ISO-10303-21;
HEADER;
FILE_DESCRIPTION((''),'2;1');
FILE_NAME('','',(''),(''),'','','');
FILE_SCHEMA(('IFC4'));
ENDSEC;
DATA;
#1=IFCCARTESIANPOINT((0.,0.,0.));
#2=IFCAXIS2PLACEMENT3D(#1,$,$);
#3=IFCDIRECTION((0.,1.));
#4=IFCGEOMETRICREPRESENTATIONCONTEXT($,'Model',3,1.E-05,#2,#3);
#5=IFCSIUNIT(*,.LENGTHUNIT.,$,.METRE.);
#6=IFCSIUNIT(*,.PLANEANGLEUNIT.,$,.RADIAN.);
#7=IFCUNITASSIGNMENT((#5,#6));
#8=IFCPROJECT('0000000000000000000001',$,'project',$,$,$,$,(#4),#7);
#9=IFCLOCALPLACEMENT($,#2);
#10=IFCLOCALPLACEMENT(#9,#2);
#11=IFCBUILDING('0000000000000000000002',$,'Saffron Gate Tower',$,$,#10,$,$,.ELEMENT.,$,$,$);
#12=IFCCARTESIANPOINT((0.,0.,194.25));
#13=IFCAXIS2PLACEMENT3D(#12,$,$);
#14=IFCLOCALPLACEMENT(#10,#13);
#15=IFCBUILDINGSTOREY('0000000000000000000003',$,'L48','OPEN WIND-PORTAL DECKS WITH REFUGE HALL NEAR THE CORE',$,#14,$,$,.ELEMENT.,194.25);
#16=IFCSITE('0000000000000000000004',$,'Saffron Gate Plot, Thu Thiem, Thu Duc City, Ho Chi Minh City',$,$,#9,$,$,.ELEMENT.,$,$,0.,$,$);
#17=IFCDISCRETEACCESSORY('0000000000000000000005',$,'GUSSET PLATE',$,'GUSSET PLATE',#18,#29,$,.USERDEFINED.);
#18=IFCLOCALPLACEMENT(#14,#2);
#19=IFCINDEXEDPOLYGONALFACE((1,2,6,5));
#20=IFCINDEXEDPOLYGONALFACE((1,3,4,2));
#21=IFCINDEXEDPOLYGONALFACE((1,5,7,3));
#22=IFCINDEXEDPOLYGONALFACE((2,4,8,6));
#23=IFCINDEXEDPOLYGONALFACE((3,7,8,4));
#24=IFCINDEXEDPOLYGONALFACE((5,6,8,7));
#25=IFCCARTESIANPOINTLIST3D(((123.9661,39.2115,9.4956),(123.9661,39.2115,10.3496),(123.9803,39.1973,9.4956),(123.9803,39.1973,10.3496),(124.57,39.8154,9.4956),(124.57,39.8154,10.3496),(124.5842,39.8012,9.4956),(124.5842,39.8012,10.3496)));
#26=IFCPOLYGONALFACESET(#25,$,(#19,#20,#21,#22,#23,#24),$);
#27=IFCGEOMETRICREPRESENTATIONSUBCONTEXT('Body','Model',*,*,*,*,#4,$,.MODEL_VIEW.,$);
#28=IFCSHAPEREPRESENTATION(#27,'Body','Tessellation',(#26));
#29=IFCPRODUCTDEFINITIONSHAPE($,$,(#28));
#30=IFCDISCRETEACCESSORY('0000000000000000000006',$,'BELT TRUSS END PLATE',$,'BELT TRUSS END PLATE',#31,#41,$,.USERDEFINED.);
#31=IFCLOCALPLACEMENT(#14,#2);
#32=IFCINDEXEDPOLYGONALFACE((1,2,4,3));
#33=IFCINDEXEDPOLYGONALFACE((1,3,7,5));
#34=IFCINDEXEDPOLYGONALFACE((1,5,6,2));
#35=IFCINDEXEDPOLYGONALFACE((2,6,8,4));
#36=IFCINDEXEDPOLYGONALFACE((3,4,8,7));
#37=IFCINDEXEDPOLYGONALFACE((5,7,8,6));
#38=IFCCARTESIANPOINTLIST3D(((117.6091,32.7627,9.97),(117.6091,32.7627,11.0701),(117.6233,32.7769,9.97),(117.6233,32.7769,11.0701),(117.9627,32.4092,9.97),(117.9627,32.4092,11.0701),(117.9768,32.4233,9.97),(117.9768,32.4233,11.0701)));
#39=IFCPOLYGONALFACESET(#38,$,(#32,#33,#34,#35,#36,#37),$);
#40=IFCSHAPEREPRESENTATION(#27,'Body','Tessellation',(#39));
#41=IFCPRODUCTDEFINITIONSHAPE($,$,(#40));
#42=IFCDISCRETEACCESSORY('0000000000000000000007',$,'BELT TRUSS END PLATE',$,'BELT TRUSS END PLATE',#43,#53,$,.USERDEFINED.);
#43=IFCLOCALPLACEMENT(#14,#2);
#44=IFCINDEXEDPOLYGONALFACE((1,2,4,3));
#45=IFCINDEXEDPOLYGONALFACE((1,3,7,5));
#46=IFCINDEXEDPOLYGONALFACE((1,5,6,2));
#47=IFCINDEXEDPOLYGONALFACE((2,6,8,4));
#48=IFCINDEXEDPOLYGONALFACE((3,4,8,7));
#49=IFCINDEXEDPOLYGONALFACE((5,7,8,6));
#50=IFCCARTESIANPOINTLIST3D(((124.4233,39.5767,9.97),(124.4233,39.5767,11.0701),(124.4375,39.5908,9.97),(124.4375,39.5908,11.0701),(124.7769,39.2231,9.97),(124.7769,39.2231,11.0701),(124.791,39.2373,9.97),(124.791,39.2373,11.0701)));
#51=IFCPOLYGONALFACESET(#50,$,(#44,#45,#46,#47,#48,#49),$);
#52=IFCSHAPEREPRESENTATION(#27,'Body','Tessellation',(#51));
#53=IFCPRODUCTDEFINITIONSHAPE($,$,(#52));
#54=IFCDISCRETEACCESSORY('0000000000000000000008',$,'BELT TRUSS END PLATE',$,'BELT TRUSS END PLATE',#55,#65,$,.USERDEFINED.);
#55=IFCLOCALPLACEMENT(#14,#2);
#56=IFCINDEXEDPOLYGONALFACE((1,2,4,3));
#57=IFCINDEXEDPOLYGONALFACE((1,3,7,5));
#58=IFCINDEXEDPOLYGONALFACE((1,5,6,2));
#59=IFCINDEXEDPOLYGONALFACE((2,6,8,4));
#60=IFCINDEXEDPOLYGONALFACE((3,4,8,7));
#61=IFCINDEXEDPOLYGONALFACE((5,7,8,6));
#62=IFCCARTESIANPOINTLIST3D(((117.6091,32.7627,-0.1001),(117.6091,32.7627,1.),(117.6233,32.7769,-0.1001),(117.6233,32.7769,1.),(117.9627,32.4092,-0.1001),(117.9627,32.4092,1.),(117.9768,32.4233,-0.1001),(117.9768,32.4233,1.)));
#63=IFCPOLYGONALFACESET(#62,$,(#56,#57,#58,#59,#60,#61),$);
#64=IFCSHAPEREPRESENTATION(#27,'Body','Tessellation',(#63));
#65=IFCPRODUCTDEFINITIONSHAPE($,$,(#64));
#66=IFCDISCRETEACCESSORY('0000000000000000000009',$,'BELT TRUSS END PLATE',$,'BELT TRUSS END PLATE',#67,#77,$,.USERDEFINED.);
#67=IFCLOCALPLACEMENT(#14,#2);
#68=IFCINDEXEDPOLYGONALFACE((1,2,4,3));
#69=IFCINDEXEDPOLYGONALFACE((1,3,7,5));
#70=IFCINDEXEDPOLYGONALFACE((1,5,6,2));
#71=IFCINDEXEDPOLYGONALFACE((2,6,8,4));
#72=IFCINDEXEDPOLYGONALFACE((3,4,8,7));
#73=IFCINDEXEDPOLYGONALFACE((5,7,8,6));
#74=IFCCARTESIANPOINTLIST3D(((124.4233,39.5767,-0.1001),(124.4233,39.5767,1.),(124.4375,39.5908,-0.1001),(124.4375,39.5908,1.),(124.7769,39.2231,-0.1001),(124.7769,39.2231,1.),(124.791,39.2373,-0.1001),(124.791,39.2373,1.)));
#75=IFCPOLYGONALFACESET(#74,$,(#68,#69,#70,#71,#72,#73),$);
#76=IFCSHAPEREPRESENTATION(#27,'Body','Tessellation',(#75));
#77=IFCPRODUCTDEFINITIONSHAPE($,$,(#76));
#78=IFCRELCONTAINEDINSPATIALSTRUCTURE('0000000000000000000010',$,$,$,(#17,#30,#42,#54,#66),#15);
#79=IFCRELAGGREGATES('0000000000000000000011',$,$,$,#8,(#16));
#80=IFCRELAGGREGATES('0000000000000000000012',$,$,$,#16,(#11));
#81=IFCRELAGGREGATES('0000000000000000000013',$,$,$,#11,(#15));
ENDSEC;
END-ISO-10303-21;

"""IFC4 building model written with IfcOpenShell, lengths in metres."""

from ifc_helpers import new_model, si_unit, direction, frame, origin, origin_2d, place, context, subcontext, project, spatial, rectangle, extrude, element, save


model = new_model("IFC4")

# Units and contexts
model_context = context("Model", 3, precision=1e-05, world=origin(), true_north=direction((0.0, 1.0)))
body_context = subcontext(model_context, "Body", "Model", "MODEL_VIEW")
ifc_project = project(units=[si_unit("LENGTHUNIT", "METRE"), si_unit("PLANEANGLEUNIT", "RADIAN")], contexts=[model_context])

# Site, building, storey
site_placement = place(None, origin())
site = spatial("IfcSite", under=ifc_project, at=site_placement, Name="Saffron Gate Plot, Thu Thiem, Thu Duc City, Ho Chi Minh City", CompositionType="ELEMENT", RefElevation=0.0)
building_placement = place(site_placement, origin())
building = spatial("IfcBuilding", under=site, at=building_placement, Name="Saffron Gate Tower", CompositionType="ELEMENT")
storey_placement = place(building_placement, frame((0.0, 0.0, 194.25)))
storey = spatial("IfcBuildingStorey", under=building, at=storey_placement, Name="L48", Description="OPEN WIND-PORTAL DECKS WITH REFUGE HALL NEAR THE CORE", CompositionType="ELEMENT", Elevation=194.25)

# Discrete accessories
for number, where, z_axis, x_axis, name in (
    (1, (124.2751, 39.5063, 9.4956), (0.0, 0.0, 1.0), (0.707107, 0.707107, 0.0), "GUSSET PLATE"),
):
    element("IfcDiscreteAccessory", number, at=place(storey_placement, frame(where, z_axis=z_axis, x_axis=x_axis)), inside=storey, Name=name, ObjectType="GUSSET PLATE", PredefinedType="USERDEFINED", context=body_context, shape_type="SweptSolid", body=[
        extrude(rectangle(XDim=0.854, YDim=0.02, at=origin_2d()), origin(), (0.0, 0.0, 1.0), 0.854),
    ])
for number, where, z_axis, x_axis, name in (
    (2, (117.793, 32.593, 9.97), (0.0, 0.0, 1.0), (-0.707107, -0.707107, 0.0), "BELT TRUSS END PLATE"),
    (3, (124.6072, 39.407, 9.97), (0.0, 0.0, 1.0), (0.707107, 0.707107, 0.0), "BELT TRUSS END PLATE"),
    (4, (117.793, 32.593, -0.1001), (0.0, 0.0, 1.0), (-0.707107, -0.707107, 0.0), "BELT TRUSS END PLATE"),
    (5, (124.6072, 39.407, -0.1001), (0.0, 0.0, 1.0), (0.707107, 0.707107, 0.0), "BELT TRUSS END PLATE"),
):
    element("IfcDiscreteAccessory", number, at=place(storey_placement, frame(where, z_axis=z_axis, x_axis=x_axis)), inside=storey, Name=name, ObjectType="BELT TRUSS END PLATE", PredefinedType="USERDEFINED", context=body_context, shape_type="SweptSolid", body=[
        extrude(rectangle(XDim=0.02, YDim=0.5, at=origin_2d()), origin(), (0.0, 0.0, 1.0), 1.1001),
    ])

save(model, "model.ifc")
